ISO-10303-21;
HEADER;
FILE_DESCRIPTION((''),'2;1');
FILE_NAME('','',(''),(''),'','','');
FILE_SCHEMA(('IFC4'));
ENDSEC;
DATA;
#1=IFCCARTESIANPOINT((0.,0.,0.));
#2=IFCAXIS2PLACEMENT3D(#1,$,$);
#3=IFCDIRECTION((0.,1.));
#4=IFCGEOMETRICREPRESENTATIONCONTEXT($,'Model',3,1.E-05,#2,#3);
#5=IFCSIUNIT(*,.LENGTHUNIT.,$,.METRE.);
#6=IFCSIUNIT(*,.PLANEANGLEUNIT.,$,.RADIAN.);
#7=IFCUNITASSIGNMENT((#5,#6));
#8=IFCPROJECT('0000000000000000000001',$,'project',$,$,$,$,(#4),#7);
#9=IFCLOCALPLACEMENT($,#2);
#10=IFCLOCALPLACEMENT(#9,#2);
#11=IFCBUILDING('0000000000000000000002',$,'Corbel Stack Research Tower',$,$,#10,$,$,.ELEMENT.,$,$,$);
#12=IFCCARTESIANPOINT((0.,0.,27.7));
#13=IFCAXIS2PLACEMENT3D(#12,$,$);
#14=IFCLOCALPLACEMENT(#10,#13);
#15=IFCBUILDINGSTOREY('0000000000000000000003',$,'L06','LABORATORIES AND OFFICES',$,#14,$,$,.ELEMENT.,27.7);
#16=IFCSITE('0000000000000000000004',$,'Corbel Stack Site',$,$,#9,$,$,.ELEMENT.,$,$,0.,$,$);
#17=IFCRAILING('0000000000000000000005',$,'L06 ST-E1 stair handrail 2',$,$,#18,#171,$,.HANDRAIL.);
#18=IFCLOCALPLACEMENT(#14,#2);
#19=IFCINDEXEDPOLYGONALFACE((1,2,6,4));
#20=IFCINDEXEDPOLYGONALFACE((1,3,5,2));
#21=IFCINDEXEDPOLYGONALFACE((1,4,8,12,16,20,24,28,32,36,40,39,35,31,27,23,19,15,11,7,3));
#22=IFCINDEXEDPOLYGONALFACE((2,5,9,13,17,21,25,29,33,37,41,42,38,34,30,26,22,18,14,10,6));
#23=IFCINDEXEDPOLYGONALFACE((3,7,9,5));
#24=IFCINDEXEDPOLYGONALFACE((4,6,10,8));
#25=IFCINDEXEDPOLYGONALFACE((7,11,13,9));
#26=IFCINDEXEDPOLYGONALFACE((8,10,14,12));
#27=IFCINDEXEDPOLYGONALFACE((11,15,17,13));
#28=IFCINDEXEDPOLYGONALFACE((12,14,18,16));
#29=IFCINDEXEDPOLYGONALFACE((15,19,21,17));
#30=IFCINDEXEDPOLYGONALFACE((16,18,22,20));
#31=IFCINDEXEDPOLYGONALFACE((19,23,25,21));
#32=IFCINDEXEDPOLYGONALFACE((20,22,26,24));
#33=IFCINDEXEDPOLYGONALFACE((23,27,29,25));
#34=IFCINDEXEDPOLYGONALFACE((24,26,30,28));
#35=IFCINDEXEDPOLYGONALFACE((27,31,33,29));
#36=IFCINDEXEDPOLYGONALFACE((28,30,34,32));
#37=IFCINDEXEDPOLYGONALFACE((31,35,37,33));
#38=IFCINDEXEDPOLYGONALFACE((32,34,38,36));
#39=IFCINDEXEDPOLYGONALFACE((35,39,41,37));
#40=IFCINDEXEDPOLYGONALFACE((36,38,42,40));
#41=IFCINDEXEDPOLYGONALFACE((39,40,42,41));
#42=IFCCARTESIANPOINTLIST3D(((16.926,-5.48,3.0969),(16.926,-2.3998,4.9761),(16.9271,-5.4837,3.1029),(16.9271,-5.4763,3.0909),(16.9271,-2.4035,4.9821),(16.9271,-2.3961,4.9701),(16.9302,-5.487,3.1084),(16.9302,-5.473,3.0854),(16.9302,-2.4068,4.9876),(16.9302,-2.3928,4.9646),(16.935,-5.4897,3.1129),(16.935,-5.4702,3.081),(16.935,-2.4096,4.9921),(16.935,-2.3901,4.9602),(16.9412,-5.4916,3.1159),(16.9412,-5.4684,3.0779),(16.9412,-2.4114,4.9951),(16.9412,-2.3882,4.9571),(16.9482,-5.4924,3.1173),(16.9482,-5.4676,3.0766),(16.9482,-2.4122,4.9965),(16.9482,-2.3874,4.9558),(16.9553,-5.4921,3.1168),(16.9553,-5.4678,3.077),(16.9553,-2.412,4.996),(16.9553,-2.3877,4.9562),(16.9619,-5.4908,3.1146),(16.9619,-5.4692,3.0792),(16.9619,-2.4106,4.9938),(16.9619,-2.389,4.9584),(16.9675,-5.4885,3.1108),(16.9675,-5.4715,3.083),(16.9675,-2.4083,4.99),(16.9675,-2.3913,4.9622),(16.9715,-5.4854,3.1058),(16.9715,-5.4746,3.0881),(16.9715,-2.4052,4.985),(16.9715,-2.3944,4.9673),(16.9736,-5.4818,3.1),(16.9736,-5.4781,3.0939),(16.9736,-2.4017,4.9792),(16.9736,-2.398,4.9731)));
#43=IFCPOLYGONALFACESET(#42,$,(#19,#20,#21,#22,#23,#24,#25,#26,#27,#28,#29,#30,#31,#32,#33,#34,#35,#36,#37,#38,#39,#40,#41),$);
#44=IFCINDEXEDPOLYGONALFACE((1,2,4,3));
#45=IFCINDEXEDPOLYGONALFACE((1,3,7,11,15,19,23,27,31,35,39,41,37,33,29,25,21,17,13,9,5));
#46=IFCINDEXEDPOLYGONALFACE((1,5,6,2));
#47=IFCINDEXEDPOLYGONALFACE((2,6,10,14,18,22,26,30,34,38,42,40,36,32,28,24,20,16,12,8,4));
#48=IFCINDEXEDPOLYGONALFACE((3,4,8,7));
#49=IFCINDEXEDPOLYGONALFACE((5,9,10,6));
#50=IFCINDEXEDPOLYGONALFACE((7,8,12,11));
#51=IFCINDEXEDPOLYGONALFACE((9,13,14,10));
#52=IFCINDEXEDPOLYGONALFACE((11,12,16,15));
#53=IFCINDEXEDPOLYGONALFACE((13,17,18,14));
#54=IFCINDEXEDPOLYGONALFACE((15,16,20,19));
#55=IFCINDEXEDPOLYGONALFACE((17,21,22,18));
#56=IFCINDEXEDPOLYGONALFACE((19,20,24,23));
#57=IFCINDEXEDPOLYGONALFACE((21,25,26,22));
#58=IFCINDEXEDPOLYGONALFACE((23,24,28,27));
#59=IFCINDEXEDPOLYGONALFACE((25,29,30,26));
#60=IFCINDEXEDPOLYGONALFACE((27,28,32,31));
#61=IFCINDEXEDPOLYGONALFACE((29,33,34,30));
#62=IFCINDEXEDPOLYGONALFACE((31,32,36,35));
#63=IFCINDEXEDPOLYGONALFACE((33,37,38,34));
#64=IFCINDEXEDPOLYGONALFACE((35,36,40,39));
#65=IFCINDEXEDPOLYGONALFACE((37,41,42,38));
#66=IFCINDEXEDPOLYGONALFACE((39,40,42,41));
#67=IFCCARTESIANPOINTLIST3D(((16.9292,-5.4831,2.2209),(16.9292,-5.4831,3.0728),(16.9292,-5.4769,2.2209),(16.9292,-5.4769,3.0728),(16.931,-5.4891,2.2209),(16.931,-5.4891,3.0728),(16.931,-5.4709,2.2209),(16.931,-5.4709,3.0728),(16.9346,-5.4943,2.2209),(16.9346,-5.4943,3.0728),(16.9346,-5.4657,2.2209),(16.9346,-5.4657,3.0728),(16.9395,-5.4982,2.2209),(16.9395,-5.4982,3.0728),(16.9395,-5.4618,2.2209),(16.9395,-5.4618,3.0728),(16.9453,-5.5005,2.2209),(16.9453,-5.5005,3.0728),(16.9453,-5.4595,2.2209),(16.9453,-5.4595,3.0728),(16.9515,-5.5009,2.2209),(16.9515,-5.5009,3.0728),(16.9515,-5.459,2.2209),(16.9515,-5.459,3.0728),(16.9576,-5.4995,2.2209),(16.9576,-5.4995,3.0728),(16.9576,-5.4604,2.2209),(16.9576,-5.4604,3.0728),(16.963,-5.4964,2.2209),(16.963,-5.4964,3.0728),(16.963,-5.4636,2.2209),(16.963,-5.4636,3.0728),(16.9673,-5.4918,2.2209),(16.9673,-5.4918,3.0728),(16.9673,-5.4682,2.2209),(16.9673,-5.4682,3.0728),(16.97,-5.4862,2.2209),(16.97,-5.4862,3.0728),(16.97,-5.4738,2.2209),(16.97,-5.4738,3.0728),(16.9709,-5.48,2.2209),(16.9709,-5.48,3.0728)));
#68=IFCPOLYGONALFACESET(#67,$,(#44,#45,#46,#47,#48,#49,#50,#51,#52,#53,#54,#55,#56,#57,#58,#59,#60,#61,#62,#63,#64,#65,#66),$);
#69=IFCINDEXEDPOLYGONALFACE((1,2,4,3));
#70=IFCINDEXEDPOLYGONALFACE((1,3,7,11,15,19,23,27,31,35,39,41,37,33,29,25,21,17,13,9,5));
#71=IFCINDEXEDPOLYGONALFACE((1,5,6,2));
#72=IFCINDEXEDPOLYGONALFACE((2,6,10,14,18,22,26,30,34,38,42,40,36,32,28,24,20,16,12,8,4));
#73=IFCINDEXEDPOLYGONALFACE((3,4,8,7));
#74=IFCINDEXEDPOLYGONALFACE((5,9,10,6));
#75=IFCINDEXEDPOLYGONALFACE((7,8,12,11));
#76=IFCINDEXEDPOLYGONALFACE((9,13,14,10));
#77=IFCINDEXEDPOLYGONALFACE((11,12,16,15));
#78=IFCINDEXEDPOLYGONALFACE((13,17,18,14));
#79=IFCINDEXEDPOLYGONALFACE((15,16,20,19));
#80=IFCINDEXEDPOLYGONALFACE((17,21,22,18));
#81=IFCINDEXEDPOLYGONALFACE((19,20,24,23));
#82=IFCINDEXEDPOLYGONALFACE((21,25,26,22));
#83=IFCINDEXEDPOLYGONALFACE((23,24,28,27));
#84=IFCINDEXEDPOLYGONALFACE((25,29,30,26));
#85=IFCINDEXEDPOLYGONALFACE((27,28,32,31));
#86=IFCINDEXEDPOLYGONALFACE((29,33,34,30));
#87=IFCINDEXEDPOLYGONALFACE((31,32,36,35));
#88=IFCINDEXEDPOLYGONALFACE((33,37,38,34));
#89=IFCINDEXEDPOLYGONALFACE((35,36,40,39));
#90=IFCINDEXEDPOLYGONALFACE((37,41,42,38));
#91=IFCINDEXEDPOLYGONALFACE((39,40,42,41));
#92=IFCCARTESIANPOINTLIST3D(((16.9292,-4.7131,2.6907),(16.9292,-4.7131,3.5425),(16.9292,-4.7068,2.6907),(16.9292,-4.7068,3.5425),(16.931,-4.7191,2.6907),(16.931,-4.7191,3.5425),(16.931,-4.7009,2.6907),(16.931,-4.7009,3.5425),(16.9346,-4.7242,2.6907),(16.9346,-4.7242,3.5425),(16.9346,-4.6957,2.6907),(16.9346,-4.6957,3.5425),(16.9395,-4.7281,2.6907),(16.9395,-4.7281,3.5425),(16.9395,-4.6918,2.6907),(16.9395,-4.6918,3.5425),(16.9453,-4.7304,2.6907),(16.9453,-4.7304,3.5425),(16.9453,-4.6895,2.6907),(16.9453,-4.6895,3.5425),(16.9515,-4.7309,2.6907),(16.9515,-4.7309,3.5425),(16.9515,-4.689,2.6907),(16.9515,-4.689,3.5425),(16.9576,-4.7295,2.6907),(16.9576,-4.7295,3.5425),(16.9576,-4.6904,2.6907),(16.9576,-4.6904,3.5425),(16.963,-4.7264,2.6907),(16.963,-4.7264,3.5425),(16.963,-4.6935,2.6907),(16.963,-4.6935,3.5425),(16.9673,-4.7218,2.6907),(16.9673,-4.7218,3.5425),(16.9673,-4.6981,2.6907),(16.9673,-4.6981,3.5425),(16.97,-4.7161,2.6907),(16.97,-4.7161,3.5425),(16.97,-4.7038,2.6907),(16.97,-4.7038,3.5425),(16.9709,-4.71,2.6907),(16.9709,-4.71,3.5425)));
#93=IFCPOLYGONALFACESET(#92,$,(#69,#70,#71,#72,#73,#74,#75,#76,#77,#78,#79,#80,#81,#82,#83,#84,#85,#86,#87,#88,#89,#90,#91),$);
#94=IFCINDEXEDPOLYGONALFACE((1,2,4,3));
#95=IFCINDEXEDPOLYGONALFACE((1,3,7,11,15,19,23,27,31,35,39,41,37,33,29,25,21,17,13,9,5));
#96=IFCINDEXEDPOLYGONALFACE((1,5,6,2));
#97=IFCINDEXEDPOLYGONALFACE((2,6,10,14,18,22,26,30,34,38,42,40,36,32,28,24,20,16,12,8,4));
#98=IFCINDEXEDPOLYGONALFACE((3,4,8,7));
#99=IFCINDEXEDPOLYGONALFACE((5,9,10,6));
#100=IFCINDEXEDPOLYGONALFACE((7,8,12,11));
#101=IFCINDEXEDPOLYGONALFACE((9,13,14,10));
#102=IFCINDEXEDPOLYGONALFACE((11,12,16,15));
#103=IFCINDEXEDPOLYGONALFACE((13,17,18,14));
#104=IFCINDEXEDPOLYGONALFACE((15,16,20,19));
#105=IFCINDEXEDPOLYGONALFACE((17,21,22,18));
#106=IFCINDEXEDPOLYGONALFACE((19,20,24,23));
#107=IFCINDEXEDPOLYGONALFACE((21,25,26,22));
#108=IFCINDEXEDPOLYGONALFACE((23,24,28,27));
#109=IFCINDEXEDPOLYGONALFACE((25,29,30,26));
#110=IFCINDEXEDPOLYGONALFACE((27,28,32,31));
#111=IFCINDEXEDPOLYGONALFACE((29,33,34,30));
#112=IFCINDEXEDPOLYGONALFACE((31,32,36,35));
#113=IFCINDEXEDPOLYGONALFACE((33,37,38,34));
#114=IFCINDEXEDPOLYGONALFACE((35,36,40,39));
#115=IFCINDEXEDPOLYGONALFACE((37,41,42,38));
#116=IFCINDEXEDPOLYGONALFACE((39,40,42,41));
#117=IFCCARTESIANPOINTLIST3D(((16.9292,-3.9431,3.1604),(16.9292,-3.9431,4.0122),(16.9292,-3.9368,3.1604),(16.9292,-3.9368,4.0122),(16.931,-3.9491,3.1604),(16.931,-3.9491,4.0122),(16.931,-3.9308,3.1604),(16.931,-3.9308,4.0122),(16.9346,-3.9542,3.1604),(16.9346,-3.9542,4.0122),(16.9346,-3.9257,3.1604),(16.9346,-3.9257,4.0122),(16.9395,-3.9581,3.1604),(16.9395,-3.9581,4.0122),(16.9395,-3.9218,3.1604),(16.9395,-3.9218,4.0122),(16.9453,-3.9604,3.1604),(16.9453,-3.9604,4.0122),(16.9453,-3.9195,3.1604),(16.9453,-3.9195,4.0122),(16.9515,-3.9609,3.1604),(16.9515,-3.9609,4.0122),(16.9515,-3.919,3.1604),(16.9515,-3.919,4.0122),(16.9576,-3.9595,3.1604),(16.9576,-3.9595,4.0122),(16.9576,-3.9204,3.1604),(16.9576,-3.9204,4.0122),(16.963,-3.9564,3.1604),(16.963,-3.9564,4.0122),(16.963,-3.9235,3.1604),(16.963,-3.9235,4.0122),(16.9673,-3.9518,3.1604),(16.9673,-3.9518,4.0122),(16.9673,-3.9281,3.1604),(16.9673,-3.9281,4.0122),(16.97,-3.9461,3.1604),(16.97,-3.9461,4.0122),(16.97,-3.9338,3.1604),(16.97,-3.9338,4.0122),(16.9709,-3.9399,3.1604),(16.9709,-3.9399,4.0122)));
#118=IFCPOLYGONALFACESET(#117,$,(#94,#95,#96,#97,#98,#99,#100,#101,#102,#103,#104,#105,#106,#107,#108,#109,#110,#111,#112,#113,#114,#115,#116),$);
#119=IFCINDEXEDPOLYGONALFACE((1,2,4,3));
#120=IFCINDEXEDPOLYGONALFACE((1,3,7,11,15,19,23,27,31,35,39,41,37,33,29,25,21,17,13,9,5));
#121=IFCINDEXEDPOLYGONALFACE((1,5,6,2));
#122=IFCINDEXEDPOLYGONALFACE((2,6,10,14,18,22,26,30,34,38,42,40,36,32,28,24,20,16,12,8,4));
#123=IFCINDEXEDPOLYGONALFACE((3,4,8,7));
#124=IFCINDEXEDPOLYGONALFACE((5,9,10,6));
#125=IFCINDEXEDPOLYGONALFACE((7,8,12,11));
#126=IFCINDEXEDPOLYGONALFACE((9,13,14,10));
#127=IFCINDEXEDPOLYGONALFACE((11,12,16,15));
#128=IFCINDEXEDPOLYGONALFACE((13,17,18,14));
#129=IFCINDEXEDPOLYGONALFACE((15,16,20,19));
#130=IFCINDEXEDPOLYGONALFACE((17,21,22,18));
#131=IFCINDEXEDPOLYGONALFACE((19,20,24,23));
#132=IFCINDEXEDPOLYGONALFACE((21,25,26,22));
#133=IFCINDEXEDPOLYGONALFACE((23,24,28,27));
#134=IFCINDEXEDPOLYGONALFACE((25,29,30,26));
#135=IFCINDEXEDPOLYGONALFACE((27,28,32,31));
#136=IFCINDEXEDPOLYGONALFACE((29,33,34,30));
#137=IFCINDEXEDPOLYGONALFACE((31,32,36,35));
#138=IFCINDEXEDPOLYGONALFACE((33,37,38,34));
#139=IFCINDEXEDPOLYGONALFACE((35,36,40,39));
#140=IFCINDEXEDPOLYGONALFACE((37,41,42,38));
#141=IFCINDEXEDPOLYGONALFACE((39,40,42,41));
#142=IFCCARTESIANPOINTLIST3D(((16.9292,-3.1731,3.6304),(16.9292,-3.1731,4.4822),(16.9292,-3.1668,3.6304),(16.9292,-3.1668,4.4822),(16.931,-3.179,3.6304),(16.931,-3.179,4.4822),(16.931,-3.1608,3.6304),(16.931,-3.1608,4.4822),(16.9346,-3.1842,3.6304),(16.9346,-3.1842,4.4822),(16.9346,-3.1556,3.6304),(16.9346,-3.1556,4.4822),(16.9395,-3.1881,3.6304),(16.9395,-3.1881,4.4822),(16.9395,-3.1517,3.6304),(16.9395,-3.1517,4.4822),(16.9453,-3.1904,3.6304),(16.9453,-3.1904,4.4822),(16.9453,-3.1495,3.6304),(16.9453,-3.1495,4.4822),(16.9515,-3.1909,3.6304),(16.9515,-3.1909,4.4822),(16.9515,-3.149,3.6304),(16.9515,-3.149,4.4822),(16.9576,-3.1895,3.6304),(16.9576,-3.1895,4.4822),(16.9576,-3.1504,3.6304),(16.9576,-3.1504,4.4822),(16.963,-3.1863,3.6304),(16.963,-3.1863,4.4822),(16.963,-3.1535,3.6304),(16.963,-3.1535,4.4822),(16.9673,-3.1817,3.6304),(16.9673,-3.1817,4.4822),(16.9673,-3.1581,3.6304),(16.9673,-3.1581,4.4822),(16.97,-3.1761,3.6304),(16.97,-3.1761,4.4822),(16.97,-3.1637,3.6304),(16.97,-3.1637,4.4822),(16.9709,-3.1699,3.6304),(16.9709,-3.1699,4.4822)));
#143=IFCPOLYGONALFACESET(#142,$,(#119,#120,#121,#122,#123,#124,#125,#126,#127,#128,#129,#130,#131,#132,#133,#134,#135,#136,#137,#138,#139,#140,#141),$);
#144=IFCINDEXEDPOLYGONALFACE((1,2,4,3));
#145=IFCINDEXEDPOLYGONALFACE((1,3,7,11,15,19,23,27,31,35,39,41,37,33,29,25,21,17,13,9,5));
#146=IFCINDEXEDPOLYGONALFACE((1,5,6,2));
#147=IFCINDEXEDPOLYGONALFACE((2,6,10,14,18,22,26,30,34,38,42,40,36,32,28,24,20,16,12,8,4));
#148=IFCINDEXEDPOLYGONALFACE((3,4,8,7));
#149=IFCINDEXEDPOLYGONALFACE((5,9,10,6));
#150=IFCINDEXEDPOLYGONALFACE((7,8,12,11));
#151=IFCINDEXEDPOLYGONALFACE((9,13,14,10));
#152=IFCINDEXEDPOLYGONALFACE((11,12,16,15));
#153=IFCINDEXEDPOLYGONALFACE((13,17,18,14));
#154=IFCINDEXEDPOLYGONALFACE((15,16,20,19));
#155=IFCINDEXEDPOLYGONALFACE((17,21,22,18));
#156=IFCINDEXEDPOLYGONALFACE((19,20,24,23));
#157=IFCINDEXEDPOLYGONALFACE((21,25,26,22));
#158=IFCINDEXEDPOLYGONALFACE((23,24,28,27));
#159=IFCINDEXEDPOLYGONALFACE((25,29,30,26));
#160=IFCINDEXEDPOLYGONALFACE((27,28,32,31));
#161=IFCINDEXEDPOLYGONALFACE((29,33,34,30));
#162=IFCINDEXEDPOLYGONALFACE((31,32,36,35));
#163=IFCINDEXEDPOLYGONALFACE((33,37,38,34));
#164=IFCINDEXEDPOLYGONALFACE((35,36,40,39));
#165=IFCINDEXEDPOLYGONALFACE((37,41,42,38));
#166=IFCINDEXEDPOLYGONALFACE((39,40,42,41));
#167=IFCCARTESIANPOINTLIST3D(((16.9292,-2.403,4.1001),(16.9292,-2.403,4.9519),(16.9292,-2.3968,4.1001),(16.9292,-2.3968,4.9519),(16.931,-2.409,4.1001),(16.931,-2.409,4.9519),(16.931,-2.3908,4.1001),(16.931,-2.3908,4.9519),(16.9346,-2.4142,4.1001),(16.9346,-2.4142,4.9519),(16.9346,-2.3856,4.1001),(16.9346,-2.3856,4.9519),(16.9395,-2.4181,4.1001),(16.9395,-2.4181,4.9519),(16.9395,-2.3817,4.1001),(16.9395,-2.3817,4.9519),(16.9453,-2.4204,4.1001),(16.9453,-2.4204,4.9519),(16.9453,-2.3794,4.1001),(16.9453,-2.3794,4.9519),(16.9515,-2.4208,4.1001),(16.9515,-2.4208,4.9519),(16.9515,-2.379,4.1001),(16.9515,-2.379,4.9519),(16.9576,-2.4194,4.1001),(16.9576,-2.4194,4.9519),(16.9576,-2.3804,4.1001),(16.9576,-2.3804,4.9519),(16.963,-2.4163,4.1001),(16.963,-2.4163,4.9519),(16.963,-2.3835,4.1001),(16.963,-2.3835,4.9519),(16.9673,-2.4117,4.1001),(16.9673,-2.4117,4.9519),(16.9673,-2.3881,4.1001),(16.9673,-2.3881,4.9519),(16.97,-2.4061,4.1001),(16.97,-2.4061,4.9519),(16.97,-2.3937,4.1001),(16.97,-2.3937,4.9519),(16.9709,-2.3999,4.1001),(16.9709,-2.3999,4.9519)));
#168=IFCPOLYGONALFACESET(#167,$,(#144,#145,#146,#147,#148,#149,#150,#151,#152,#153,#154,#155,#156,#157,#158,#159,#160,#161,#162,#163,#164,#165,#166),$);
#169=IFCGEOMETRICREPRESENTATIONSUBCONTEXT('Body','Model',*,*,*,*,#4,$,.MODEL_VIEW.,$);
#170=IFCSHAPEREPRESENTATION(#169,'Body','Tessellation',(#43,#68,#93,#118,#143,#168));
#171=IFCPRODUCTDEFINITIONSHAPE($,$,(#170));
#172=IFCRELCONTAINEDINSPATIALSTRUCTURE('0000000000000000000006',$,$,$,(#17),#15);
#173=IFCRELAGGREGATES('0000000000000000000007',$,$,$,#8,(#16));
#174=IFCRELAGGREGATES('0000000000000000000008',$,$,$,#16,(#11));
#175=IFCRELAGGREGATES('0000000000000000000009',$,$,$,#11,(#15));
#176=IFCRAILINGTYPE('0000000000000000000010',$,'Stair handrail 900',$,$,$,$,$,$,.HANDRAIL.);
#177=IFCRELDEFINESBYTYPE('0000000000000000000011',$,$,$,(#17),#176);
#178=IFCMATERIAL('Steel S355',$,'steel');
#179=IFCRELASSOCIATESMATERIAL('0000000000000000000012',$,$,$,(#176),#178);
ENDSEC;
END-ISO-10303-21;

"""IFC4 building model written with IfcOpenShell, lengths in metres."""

from ifc_helpers import new_model, si_unit, direction, frame, origin, origin_2d, place, context, subcontext, project, spatial, circle, extrude, material, type_object, element, save


model = new_model("IFC4")

# Units and contexts
model_context = context("Model", 3, precision=1e-05, world=origin(), true_north=direction((0.0, 1.0)))
body_context = subcontext(model_context, "Body", "Model", "MODEL_VIEW")
ifc_project = project(units=[si_unit("LENGTHUNIT", "METRE"), si_unit("PLANEANGLEUNIT", "RADIAN")], contexts=[model_context])

# Site, building, storey
site_placement = place(None, origin())
site = spatial("IfcSite", under=ifc_project, at=site_placement, Name="Corbel Stack Site", CompositionType="ELEMENT", RefElevation=0.0)
building_placement = place(site_placement, origin())
building = spatial("IfcBuilding", under=site, at=building_placement, Name="Corbel Stack Research Tower", CompositionType="ELEMENT")
storey_placement = place(building_placement, frame((0.0, 0.0, 27.7)))
storey = spatial("IfcBuildingStorey", under=building, at=storey_placement, Name="L06", Description="LABORATORIES AND OFFICES", CompositionType="ELEMENT", Elevation=27.7)

# Railing
ifc_material_1 = material(Name="Steel S355", Category="steel")
railing_type_1 = type_object("IfcRailingType", Name="Stair handrail 900", PredefinedType="HANDRAIL", material=ifc_material_1)
railing_1_placement = place(storey_placement, frame((16.95, -5.48, 2.2209)))
element("IfcRailing", 1, at=railing_1_placement, inside=storey, type_object=railing_type_1, Name="L06 ST-E1 stair handrail 2", PredefinedType="HANDRAIL", context=body_context, shape_type="SweptSolid", body=[
    extrude(circle(Radius=0.0239, at=origin_2d()), frame((0.0, 0.0, 0.876), z_axis=(0.0, 0.853666, 0.52082), x_axis=(-1.0, 0.0, 0.0)), (0.0, 0.0, 1.0), 3.6082),
    extrude(circle(Radius=0.021, at=origin_2d()), origin(), (0.0, 0.0, 1.0), 0.8518),
    extrude(circle(Radius=0.021, at=origin_2d()), frame((0.0, 0.77, 0.4697)), (0.0, 0.0, 1.0), 0.8518),
    extrude(circle(Radius=0.021, at=origin_2d()), frame((0.0, 1.54, 0.9395)), (0.0, 0.0, 1.0), 0.8518),
    extrude(circle(Radius=0.021, at=origin_2d()), frame((0.0, 2.3101, 1.4094)), (0.0, 0.0, 1.0), 0.8518),
    extrude(circle(Radius=0.021, at=origin_2d()), frame((0.0, 3.0801, 1.8792)), (0.0, 0.0, 1.0), 0.8518),
])

save(model, "model.ifc")
